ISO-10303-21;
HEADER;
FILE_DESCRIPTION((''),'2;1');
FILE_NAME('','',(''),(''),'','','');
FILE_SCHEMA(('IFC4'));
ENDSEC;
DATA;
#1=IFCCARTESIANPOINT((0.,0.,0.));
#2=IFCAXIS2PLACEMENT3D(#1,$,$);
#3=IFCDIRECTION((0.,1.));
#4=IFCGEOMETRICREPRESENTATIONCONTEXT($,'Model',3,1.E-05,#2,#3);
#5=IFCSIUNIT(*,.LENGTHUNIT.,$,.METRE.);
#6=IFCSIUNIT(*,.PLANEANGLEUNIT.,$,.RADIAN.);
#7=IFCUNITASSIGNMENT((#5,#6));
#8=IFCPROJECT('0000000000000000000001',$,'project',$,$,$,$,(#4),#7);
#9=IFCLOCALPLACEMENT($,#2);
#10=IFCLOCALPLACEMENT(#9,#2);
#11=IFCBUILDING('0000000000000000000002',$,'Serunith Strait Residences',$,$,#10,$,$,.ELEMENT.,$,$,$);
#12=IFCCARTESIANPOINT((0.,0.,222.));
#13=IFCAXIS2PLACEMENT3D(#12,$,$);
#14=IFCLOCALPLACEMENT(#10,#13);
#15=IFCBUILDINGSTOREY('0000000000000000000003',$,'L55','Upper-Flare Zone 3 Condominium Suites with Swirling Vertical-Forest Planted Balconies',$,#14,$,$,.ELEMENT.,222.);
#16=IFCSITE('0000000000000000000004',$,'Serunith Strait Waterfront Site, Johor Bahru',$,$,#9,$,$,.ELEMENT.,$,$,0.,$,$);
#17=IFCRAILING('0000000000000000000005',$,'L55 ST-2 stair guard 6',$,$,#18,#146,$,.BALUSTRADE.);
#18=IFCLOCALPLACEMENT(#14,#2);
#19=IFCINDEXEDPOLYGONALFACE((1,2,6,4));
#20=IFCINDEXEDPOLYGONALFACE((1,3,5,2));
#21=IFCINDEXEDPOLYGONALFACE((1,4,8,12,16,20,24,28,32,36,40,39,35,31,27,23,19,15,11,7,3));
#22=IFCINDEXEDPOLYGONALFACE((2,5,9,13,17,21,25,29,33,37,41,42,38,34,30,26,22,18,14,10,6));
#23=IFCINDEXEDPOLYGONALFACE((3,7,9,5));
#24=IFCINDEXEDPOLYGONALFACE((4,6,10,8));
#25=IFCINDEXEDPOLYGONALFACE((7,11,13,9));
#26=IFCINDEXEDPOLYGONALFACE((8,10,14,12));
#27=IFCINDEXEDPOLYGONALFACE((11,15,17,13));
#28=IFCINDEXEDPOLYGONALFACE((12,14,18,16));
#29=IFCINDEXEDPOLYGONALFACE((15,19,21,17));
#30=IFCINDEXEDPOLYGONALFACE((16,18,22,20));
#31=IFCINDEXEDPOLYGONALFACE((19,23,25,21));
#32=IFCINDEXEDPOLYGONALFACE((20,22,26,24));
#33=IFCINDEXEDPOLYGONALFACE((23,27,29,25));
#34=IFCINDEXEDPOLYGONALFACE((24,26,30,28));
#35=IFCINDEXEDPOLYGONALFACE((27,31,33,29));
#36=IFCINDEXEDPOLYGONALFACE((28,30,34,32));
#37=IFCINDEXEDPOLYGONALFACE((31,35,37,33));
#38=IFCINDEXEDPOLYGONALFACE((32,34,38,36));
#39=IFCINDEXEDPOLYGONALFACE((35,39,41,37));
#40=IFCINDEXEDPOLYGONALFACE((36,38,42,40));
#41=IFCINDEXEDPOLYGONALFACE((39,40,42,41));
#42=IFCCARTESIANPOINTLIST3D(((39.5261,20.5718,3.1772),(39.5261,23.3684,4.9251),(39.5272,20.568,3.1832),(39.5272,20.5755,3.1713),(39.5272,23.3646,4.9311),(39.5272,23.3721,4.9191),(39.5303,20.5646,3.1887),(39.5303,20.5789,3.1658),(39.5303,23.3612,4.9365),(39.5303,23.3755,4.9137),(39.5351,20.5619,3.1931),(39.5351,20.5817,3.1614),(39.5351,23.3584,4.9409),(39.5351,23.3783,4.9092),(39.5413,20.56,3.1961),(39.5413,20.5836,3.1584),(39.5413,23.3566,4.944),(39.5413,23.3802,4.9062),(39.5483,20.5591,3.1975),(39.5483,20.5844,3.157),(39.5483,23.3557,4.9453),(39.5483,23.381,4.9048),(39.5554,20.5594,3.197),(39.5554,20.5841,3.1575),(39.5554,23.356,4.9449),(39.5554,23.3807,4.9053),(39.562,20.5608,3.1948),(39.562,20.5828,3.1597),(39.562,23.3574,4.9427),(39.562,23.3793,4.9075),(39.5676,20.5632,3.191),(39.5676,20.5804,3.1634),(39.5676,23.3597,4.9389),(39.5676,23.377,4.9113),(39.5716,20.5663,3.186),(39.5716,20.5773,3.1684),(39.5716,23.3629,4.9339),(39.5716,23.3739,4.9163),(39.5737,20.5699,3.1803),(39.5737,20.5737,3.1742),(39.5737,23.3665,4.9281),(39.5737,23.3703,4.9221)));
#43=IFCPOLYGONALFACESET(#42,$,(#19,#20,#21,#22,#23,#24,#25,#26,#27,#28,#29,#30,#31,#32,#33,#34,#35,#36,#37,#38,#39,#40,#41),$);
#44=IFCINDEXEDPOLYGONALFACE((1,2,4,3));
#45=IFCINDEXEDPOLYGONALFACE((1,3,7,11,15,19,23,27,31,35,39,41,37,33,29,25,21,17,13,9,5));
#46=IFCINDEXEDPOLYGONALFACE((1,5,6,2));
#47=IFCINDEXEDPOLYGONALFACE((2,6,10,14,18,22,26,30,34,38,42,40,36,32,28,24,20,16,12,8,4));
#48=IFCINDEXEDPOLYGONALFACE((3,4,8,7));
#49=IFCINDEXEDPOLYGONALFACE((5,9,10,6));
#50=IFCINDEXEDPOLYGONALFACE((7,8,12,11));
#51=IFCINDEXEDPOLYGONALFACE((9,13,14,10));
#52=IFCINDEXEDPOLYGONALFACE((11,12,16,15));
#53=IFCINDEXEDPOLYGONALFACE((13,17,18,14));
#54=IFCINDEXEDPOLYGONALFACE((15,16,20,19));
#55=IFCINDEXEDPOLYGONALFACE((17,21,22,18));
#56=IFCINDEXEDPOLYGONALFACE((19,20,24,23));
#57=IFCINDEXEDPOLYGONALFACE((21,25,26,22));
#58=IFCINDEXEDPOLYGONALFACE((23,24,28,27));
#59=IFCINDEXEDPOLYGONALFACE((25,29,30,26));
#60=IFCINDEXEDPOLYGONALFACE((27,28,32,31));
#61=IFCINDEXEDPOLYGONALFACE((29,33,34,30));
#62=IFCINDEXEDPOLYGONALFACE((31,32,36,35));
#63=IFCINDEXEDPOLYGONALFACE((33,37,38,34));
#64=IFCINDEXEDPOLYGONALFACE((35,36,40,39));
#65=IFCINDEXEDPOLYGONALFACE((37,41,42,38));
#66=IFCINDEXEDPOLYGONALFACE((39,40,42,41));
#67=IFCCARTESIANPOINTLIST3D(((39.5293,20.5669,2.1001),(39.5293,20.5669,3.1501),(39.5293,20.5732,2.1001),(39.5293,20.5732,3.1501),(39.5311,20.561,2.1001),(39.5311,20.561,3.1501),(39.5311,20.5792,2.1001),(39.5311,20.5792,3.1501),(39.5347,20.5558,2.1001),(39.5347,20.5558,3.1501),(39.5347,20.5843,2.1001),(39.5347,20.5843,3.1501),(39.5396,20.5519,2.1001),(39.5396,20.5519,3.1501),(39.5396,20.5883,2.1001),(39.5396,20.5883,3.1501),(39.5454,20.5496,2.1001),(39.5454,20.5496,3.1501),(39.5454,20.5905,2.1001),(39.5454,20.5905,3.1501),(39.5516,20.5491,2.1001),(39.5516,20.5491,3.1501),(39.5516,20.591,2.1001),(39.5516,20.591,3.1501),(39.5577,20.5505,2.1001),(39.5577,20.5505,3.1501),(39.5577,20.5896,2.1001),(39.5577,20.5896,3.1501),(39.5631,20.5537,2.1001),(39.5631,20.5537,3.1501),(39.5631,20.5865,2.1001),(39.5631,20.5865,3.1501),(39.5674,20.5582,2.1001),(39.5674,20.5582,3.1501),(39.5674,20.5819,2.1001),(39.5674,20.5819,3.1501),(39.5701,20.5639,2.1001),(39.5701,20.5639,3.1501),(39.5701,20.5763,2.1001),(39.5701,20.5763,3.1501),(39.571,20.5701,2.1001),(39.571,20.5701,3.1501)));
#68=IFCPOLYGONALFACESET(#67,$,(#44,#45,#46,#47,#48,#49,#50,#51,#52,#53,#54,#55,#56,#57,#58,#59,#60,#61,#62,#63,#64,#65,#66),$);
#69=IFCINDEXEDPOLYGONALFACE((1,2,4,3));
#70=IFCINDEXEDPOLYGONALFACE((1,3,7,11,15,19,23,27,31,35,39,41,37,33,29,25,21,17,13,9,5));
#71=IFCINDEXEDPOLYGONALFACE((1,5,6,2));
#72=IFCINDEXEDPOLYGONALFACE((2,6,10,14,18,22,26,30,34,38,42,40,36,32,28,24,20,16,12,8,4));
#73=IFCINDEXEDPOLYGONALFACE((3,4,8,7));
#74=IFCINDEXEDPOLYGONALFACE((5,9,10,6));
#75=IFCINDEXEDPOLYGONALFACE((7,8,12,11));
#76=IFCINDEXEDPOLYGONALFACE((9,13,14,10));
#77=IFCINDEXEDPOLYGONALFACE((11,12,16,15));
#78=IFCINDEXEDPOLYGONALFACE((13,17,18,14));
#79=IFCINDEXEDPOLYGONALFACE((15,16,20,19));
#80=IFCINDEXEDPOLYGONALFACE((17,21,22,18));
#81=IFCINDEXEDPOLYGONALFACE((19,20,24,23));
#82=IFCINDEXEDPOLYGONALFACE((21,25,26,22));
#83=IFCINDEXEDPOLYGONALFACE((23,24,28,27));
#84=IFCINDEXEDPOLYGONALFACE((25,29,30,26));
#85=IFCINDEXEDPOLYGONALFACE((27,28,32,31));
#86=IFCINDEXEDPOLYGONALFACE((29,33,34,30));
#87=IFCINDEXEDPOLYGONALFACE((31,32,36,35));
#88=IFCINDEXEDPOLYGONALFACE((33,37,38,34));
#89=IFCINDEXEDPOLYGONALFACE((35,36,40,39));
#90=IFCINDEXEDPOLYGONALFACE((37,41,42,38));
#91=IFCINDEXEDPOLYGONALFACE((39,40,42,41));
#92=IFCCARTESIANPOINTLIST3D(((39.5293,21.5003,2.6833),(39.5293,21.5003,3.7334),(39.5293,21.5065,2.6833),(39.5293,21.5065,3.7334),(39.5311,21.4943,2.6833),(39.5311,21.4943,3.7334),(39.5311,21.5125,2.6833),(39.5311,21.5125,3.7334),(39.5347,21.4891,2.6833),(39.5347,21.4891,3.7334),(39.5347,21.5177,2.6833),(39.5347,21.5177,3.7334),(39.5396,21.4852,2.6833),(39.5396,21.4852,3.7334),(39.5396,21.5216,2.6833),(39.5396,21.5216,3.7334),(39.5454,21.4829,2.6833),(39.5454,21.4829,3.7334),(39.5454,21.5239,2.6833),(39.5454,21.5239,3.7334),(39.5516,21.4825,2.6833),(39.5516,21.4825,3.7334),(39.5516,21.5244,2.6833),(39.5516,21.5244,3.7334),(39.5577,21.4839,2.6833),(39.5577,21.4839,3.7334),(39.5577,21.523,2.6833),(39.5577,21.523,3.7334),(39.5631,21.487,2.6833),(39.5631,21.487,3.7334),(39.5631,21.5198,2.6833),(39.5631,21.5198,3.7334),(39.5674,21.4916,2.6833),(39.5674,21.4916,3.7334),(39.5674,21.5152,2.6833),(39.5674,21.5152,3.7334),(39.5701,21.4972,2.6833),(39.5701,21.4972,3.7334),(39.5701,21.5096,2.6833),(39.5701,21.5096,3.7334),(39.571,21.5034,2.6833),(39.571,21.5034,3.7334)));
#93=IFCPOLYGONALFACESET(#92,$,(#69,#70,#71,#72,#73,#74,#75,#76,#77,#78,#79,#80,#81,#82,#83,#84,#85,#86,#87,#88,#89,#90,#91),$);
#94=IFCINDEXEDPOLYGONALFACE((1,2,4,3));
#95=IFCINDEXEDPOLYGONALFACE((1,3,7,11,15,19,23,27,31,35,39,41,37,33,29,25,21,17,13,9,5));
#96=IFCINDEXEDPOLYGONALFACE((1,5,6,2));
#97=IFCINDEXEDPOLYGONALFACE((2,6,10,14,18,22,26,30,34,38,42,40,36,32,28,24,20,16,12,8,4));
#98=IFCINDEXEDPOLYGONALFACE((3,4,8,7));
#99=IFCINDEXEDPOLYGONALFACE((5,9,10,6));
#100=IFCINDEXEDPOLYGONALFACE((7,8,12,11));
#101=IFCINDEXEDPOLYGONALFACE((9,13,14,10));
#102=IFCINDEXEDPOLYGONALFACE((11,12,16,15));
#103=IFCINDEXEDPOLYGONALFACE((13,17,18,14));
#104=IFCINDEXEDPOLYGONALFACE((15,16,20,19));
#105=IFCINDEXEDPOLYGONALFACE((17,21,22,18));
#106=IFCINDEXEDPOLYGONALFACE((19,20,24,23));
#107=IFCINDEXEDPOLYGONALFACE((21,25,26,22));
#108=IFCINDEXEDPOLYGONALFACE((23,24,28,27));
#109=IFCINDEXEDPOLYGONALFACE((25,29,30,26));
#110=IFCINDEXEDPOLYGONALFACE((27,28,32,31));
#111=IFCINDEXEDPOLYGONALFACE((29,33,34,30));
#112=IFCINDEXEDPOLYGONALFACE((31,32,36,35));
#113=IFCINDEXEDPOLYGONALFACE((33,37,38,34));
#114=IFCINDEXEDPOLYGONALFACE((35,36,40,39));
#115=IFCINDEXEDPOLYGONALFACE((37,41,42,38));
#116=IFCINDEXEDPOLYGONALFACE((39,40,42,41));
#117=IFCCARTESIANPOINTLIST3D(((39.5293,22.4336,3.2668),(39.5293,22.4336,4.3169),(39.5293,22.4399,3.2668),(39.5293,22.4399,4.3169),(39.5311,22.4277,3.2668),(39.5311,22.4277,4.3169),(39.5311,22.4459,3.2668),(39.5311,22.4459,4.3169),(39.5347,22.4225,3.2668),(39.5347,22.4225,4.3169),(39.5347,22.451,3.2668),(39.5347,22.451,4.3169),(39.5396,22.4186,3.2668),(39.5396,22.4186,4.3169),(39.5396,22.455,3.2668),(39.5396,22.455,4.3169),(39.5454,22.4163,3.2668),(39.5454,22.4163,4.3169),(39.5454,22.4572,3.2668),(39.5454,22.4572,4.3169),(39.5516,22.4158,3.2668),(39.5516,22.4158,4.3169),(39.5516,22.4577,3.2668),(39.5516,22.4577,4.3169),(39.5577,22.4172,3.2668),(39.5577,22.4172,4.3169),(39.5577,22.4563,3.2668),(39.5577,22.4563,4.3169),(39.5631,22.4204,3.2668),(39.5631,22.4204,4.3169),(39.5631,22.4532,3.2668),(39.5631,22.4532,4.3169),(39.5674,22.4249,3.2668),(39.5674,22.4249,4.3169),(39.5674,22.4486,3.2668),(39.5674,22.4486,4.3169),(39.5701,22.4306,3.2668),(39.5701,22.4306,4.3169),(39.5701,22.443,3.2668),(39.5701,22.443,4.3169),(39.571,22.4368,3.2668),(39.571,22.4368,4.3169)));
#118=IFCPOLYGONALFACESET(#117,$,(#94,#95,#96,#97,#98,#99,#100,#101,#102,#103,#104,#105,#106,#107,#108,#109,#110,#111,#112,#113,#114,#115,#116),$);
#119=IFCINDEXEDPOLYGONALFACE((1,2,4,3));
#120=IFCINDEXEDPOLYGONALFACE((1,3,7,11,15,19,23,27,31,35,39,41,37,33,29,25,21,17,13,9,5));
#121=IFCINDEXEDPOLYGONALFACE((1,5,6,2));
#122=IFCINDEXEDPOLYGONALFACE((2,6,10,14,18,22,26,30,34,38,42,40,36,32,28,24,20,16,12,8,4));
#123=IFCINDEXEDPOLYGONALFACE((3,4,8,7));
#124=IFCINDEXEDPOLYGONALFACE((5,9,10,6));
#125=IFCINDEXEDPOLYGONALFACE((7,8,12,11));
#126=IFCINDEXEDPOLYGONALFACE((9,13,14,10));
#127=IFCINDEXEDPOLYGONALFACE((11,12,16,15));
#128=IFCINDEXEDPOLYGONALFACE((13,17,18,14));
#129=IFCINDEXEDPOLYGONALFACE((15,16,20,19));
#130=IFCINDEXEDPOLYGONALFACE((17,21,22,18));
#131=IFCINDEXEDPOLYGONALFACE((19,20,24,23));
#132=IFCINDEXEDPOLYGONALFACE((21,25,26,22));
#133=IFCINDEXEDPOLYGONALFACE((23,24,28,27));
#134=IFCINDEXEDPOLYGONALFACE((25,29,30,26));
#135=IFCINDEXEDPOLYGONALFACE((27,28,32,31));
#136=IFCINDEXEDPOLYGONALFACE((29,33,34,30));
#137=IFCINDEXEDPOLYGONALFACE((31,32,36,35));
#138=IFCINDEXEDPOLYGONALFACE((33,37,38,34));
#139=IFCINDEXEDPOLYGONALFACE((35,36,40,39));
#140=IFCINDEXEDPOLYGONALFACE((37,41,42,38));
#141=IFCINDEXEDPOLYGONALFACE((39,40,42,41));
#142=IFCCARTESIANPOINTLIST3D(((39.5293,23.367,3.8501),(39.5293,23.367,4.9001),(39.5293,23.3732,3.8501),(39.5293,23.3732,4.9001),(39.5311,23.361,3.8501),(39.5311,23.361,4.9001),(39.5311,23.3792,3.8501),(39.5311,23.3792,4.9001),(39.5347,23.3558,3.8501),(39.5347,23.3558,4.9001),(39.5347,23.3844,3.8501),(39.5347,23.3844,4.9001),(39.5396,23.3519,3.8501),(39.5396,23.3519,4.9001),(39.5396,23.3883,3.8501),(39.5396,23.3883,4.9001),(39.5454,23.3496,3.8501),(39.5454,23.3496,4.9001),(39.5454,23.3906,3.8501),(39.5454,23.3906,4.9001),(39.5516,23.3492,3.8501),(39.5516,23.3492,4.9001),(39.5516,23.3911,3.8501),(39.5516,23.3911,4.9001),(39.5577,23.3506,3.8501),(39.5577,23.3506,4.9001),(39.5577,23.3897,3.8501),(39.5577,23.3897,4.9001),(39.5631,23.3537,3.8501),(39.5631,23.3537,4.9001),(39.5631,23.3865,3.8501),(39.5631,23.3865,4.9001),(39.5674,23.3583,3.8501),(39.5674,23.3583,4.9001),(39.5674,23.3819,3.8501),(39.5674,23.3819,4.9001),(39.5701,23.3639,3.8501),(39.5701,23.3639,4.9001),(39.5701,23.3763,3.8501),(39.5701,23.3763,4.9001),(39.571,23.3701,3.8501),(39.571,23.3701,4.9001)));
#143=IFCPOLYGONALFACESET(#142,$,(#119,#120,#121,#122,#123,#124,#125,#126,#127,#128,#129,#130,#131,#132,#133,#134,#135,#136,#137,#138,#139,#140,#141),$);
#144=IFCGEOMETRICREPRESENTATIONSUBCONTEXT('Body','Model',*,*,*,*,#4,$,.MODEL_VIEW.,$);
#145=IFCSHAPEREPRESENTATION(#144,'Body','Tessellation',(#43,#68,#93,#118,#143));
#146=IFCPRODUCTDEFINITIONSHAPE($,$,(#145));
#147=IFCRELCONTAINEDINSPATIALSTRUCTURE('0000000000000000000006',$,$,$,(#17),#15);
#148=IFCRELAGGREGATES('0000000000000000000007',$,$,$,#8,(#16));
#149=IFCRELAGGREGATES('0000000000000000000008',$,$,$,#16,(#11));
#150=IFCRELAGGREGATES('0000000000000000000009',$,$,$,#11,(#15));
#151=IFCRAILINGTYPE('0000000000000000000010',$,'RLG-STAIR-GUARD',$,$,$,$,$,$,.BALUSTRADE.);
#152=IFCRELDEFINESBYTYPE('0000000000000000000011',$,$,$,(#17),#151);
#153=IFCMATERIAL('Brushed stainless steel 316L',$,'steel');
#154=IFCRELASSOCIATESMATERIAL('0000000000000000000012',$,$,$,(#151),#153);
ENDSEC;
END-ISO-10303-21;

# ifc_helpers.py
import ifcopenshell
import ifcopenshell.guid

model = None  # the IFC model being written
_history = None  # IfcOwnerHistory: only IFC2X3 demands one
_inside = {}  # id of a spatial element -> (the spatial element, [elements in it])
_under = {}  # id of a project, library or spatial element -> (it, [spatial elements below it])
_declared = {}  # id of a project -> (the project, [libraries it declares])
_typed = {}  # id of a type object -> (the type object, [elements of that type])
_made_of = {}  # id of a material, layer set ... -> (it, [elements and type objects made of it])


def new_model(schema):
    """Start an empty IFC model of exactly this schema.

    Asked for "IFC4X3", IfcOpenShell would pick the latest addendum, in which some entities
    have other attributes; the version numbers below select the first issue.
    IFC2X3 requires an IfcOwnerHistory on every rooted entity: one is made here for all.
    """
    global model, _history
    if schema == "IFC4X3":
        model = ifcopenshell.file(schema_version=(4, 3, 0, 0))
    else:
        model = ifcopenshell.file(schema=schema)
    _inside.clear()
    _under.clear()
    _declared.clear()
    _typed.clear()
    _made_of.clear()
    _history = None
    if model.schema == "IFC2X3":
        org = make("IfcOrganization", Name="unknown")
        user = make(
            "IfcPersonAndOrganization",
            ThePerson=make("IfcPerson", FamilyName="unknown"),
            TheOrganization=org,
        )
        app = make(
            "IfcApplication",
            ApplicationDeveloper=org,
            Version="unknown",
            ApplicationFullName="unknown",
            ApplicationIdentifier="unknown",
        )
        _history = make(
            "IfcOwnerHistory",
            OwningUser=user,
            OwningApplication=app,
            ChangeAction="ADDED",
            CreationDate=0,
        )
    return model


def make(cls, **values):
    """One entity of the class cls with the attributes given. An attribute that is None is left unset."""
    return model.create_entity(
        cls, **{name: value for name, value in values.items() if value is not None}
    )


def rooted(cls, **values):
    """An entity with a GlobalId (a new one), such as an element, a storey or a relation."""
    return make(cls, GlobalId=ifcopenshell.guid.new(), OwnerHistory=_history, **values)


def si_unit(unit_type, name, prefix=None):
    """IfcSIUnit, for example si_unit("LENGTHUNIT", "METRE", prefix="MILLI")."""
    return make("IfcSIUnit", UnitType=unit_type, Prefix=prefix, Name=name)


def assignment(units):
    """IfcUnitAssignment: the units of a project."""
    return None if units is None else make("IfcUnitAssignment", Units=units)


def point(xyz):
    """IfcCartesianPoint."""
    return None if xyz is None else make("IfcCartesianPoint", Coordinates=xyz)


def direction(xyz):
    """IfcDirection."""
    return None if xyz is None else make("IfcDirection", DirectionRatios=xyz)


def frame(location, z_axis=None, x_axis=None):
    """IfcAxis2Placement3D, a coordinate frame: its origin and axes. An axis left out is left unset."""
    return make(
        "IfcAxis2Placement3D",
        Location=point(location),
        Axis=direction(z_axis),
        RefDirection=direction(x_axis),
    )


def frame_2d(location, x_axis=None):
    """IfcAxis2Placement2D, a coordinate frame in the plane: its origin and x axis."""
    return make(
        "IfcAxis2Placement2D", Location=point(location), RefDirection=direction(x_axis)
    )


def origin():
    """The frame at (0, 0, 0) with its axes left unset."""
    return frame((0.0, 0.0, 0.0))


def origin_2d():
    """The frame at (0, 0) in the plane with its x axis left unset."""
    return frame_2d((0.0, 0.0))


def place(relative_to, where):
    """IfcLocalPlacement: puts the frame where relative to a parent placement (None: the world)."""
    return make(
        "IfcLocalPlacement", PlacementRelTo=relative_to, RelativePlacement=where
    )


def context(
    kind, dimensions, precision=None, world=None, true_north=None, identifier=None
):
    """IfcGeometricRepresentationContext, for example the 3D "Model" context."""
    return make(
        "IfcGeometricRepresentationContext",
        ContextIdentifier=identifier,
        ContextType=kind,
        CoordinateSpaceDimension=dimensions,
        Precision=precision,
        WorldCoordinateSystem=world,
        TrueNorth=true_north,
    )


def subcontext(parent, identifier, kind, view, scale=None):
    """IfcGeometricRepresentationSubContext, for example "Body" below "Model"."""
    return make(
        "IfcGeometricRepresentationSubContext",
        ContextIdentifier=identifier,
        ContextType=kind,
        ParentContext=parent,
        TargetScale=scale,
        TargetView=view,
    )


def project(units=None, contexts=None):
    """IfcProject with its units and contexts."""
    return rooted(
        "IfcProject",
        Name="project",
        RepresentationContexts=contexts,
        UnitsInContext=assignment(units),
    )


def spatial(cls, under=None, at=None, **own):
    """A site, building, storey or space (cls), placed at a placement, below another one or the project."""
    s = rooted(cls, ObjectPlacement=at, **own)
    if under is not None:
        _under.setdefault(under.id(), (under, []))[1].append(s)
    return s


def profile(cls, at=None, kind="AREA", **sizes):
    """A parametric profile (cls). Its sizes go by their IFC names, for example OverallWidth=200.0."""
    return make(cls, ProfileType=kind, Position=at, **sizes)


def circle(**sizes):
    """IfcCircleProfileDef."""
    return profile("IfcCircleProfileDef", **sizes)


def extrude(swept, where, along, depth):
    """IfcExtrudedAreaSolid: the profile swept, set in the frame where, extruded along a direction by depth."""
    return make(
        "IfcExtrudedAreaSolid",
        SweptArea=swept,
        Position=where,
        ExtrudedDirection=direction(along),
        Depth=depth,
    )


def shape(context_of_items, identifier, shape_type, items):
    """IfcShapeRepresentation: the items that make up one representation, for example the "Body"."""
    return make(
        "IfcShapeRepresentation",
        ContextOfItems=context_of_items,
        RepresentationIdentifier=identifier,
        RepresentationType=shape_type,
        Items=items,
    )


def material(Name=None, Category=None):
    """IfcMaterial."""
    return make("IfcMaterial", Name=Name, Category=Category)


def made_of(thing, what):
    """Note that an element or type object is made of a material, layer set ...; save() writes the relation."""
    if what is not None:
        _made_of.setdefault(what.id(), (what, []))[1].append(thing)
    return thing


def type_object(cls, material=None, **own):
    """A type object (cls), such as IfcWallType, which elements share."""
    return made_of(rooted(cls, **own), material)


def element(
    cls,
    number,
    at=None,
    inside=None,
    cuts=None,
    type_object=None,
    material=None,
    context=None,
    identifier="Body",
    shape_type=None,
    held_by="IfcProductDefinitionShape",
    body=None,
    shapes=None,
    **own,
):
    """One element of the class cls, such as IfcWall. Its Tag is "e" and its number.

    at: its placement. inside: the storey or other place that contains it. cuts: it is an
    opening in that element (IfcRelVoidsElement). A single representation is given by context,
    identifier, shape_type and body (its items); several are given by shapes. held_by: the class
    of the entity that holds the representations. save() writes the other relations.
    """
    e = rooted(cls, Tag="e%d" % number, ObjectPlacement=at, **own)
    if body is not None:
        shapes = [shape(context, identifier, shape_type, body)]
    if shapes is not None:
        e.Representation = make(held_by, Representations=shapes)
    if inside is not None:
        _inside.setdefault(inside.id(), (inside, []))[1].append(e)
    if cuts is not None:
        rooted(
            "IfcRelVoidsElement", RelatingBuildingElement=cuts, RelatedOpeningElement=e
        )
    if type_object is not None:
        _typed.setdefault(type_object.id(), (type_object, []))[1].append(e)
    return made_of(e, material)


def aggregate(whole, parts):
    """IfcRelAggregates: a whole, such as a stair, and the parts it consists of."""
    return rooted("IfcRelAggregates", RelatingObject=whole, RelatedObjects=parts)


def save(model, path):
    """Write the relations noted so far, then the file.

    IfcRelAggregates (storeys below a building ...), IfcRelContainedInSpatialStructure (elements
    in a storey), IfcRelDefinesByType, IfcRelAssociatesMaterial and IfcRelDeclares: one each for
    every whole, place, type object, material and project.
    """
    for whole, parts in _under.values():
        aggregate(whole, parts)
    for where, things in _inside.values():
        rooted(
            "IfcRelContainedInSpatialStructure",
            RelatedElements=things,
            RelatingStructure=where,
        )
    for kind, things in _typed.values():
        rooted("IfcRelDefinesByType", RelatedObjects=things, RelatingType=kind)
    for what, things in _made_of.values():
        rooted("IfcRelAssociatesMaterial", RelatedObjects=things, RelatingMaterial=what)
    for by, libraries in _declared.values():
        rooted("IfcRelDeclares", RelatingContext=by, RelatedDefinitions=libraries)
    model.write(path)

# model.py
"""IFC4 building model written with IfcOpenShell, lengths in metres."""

from ifc_helpers import new_model, si_unit, direction, frame, origin, origin_2d, place, context, subcontext, project, spatial, circle, extrude, material, type_object, element, save


model = new_model("IFC4")

# Units and contexts
model_context = context("Model", 3, precision=1e-05, world=origin(), true_north=direction((0.0, 1.0)))
body_context = subcontext(model_context, "Body", "Model", "MODEL_VIEW")
ifc_project = project(units=[si_unit("LENGTHUNIT", "METRE"), si_unit("PLANEANGLEUNIT", "RADIAN")], contexts=[model_context])

# Site, building, storey
site_placement = place(None, origin())
site = spatial("IfcSite", under=ifc_project, at=site_placement, Name="Serunith Strait Waterfront Site, Johor Bahru", CompositionType="ELEMENT", RefElevation=0.0)
building_placement = place(site_placement, origin())
building = spatial("IfcBuilding", under=site, at=building_placement, Name="Serunith Strait Residences", CompositionType="ELEMENT")
storey_placement = place(building_placement, frame((0.0, 0.0, 222.0)))
storey = spatial("IfcBuildingStorey", under=building, at=storey_placement, Name="L55", Description="Upper-Flare Zone 3 Condominium Suites with Swirling Vertical-Forest Planted Balconies", CompositionType="ELEMENT", Elevation=222.0)

# Railing
ifc_material_1 = material(Name="Brushed stainless steel 316L", Category="steel")
railing_type_1 = type_object("IfcRailingType", Name="RLG-STAIR-GUARD", PredefinedType="BALUSTRADE", material=ifc_material_1)
railing_1_placement = place(storey_placement, frame((39.55, 20.5701, 2.1001)))
element("IfcRailing", 1, at=railing_1_placement, inside=storey, type_object=railing_type_1, Name="L55 ST-2 stair guard 6", PredefinedType="BALUSTRADE", context=body_context, shape_type="SweptSolid", body=[
    extrude(circle(Radius=0.0239, at=origin_2d()), frame((0.0, 0.0017, 1.0771), z_axis=(0.0, 0.848002, 0.529992), x_axis=(-1.0, 0.0, 0.0)), (0.0, 0.0, 1.0), 3.2979),
    extrude(circle(Radius=0.021, at=origin_2d()), origin(), (0.0, 0.0, 1.0), 1.05),
    extrude(circle(Radius=0.021, at=origin_2d()), frame((0.0, 0.9333, 0.5833)), (0.0, 0.0, 1.0), 1.05),
    extrude(circle(Radius=0.021, at=origin_2d()), frame((0.0, 1.8667, 1.1667)), (0.0, 0.0, 1.0), 1.05),
    extrude(circle(Radius=0.021, at=origin_2d()), frame((0.0, 2.8, 1.75)), (0.0, 0.0, 1.0), 1.05),
])

save(model, "model.ifc")
